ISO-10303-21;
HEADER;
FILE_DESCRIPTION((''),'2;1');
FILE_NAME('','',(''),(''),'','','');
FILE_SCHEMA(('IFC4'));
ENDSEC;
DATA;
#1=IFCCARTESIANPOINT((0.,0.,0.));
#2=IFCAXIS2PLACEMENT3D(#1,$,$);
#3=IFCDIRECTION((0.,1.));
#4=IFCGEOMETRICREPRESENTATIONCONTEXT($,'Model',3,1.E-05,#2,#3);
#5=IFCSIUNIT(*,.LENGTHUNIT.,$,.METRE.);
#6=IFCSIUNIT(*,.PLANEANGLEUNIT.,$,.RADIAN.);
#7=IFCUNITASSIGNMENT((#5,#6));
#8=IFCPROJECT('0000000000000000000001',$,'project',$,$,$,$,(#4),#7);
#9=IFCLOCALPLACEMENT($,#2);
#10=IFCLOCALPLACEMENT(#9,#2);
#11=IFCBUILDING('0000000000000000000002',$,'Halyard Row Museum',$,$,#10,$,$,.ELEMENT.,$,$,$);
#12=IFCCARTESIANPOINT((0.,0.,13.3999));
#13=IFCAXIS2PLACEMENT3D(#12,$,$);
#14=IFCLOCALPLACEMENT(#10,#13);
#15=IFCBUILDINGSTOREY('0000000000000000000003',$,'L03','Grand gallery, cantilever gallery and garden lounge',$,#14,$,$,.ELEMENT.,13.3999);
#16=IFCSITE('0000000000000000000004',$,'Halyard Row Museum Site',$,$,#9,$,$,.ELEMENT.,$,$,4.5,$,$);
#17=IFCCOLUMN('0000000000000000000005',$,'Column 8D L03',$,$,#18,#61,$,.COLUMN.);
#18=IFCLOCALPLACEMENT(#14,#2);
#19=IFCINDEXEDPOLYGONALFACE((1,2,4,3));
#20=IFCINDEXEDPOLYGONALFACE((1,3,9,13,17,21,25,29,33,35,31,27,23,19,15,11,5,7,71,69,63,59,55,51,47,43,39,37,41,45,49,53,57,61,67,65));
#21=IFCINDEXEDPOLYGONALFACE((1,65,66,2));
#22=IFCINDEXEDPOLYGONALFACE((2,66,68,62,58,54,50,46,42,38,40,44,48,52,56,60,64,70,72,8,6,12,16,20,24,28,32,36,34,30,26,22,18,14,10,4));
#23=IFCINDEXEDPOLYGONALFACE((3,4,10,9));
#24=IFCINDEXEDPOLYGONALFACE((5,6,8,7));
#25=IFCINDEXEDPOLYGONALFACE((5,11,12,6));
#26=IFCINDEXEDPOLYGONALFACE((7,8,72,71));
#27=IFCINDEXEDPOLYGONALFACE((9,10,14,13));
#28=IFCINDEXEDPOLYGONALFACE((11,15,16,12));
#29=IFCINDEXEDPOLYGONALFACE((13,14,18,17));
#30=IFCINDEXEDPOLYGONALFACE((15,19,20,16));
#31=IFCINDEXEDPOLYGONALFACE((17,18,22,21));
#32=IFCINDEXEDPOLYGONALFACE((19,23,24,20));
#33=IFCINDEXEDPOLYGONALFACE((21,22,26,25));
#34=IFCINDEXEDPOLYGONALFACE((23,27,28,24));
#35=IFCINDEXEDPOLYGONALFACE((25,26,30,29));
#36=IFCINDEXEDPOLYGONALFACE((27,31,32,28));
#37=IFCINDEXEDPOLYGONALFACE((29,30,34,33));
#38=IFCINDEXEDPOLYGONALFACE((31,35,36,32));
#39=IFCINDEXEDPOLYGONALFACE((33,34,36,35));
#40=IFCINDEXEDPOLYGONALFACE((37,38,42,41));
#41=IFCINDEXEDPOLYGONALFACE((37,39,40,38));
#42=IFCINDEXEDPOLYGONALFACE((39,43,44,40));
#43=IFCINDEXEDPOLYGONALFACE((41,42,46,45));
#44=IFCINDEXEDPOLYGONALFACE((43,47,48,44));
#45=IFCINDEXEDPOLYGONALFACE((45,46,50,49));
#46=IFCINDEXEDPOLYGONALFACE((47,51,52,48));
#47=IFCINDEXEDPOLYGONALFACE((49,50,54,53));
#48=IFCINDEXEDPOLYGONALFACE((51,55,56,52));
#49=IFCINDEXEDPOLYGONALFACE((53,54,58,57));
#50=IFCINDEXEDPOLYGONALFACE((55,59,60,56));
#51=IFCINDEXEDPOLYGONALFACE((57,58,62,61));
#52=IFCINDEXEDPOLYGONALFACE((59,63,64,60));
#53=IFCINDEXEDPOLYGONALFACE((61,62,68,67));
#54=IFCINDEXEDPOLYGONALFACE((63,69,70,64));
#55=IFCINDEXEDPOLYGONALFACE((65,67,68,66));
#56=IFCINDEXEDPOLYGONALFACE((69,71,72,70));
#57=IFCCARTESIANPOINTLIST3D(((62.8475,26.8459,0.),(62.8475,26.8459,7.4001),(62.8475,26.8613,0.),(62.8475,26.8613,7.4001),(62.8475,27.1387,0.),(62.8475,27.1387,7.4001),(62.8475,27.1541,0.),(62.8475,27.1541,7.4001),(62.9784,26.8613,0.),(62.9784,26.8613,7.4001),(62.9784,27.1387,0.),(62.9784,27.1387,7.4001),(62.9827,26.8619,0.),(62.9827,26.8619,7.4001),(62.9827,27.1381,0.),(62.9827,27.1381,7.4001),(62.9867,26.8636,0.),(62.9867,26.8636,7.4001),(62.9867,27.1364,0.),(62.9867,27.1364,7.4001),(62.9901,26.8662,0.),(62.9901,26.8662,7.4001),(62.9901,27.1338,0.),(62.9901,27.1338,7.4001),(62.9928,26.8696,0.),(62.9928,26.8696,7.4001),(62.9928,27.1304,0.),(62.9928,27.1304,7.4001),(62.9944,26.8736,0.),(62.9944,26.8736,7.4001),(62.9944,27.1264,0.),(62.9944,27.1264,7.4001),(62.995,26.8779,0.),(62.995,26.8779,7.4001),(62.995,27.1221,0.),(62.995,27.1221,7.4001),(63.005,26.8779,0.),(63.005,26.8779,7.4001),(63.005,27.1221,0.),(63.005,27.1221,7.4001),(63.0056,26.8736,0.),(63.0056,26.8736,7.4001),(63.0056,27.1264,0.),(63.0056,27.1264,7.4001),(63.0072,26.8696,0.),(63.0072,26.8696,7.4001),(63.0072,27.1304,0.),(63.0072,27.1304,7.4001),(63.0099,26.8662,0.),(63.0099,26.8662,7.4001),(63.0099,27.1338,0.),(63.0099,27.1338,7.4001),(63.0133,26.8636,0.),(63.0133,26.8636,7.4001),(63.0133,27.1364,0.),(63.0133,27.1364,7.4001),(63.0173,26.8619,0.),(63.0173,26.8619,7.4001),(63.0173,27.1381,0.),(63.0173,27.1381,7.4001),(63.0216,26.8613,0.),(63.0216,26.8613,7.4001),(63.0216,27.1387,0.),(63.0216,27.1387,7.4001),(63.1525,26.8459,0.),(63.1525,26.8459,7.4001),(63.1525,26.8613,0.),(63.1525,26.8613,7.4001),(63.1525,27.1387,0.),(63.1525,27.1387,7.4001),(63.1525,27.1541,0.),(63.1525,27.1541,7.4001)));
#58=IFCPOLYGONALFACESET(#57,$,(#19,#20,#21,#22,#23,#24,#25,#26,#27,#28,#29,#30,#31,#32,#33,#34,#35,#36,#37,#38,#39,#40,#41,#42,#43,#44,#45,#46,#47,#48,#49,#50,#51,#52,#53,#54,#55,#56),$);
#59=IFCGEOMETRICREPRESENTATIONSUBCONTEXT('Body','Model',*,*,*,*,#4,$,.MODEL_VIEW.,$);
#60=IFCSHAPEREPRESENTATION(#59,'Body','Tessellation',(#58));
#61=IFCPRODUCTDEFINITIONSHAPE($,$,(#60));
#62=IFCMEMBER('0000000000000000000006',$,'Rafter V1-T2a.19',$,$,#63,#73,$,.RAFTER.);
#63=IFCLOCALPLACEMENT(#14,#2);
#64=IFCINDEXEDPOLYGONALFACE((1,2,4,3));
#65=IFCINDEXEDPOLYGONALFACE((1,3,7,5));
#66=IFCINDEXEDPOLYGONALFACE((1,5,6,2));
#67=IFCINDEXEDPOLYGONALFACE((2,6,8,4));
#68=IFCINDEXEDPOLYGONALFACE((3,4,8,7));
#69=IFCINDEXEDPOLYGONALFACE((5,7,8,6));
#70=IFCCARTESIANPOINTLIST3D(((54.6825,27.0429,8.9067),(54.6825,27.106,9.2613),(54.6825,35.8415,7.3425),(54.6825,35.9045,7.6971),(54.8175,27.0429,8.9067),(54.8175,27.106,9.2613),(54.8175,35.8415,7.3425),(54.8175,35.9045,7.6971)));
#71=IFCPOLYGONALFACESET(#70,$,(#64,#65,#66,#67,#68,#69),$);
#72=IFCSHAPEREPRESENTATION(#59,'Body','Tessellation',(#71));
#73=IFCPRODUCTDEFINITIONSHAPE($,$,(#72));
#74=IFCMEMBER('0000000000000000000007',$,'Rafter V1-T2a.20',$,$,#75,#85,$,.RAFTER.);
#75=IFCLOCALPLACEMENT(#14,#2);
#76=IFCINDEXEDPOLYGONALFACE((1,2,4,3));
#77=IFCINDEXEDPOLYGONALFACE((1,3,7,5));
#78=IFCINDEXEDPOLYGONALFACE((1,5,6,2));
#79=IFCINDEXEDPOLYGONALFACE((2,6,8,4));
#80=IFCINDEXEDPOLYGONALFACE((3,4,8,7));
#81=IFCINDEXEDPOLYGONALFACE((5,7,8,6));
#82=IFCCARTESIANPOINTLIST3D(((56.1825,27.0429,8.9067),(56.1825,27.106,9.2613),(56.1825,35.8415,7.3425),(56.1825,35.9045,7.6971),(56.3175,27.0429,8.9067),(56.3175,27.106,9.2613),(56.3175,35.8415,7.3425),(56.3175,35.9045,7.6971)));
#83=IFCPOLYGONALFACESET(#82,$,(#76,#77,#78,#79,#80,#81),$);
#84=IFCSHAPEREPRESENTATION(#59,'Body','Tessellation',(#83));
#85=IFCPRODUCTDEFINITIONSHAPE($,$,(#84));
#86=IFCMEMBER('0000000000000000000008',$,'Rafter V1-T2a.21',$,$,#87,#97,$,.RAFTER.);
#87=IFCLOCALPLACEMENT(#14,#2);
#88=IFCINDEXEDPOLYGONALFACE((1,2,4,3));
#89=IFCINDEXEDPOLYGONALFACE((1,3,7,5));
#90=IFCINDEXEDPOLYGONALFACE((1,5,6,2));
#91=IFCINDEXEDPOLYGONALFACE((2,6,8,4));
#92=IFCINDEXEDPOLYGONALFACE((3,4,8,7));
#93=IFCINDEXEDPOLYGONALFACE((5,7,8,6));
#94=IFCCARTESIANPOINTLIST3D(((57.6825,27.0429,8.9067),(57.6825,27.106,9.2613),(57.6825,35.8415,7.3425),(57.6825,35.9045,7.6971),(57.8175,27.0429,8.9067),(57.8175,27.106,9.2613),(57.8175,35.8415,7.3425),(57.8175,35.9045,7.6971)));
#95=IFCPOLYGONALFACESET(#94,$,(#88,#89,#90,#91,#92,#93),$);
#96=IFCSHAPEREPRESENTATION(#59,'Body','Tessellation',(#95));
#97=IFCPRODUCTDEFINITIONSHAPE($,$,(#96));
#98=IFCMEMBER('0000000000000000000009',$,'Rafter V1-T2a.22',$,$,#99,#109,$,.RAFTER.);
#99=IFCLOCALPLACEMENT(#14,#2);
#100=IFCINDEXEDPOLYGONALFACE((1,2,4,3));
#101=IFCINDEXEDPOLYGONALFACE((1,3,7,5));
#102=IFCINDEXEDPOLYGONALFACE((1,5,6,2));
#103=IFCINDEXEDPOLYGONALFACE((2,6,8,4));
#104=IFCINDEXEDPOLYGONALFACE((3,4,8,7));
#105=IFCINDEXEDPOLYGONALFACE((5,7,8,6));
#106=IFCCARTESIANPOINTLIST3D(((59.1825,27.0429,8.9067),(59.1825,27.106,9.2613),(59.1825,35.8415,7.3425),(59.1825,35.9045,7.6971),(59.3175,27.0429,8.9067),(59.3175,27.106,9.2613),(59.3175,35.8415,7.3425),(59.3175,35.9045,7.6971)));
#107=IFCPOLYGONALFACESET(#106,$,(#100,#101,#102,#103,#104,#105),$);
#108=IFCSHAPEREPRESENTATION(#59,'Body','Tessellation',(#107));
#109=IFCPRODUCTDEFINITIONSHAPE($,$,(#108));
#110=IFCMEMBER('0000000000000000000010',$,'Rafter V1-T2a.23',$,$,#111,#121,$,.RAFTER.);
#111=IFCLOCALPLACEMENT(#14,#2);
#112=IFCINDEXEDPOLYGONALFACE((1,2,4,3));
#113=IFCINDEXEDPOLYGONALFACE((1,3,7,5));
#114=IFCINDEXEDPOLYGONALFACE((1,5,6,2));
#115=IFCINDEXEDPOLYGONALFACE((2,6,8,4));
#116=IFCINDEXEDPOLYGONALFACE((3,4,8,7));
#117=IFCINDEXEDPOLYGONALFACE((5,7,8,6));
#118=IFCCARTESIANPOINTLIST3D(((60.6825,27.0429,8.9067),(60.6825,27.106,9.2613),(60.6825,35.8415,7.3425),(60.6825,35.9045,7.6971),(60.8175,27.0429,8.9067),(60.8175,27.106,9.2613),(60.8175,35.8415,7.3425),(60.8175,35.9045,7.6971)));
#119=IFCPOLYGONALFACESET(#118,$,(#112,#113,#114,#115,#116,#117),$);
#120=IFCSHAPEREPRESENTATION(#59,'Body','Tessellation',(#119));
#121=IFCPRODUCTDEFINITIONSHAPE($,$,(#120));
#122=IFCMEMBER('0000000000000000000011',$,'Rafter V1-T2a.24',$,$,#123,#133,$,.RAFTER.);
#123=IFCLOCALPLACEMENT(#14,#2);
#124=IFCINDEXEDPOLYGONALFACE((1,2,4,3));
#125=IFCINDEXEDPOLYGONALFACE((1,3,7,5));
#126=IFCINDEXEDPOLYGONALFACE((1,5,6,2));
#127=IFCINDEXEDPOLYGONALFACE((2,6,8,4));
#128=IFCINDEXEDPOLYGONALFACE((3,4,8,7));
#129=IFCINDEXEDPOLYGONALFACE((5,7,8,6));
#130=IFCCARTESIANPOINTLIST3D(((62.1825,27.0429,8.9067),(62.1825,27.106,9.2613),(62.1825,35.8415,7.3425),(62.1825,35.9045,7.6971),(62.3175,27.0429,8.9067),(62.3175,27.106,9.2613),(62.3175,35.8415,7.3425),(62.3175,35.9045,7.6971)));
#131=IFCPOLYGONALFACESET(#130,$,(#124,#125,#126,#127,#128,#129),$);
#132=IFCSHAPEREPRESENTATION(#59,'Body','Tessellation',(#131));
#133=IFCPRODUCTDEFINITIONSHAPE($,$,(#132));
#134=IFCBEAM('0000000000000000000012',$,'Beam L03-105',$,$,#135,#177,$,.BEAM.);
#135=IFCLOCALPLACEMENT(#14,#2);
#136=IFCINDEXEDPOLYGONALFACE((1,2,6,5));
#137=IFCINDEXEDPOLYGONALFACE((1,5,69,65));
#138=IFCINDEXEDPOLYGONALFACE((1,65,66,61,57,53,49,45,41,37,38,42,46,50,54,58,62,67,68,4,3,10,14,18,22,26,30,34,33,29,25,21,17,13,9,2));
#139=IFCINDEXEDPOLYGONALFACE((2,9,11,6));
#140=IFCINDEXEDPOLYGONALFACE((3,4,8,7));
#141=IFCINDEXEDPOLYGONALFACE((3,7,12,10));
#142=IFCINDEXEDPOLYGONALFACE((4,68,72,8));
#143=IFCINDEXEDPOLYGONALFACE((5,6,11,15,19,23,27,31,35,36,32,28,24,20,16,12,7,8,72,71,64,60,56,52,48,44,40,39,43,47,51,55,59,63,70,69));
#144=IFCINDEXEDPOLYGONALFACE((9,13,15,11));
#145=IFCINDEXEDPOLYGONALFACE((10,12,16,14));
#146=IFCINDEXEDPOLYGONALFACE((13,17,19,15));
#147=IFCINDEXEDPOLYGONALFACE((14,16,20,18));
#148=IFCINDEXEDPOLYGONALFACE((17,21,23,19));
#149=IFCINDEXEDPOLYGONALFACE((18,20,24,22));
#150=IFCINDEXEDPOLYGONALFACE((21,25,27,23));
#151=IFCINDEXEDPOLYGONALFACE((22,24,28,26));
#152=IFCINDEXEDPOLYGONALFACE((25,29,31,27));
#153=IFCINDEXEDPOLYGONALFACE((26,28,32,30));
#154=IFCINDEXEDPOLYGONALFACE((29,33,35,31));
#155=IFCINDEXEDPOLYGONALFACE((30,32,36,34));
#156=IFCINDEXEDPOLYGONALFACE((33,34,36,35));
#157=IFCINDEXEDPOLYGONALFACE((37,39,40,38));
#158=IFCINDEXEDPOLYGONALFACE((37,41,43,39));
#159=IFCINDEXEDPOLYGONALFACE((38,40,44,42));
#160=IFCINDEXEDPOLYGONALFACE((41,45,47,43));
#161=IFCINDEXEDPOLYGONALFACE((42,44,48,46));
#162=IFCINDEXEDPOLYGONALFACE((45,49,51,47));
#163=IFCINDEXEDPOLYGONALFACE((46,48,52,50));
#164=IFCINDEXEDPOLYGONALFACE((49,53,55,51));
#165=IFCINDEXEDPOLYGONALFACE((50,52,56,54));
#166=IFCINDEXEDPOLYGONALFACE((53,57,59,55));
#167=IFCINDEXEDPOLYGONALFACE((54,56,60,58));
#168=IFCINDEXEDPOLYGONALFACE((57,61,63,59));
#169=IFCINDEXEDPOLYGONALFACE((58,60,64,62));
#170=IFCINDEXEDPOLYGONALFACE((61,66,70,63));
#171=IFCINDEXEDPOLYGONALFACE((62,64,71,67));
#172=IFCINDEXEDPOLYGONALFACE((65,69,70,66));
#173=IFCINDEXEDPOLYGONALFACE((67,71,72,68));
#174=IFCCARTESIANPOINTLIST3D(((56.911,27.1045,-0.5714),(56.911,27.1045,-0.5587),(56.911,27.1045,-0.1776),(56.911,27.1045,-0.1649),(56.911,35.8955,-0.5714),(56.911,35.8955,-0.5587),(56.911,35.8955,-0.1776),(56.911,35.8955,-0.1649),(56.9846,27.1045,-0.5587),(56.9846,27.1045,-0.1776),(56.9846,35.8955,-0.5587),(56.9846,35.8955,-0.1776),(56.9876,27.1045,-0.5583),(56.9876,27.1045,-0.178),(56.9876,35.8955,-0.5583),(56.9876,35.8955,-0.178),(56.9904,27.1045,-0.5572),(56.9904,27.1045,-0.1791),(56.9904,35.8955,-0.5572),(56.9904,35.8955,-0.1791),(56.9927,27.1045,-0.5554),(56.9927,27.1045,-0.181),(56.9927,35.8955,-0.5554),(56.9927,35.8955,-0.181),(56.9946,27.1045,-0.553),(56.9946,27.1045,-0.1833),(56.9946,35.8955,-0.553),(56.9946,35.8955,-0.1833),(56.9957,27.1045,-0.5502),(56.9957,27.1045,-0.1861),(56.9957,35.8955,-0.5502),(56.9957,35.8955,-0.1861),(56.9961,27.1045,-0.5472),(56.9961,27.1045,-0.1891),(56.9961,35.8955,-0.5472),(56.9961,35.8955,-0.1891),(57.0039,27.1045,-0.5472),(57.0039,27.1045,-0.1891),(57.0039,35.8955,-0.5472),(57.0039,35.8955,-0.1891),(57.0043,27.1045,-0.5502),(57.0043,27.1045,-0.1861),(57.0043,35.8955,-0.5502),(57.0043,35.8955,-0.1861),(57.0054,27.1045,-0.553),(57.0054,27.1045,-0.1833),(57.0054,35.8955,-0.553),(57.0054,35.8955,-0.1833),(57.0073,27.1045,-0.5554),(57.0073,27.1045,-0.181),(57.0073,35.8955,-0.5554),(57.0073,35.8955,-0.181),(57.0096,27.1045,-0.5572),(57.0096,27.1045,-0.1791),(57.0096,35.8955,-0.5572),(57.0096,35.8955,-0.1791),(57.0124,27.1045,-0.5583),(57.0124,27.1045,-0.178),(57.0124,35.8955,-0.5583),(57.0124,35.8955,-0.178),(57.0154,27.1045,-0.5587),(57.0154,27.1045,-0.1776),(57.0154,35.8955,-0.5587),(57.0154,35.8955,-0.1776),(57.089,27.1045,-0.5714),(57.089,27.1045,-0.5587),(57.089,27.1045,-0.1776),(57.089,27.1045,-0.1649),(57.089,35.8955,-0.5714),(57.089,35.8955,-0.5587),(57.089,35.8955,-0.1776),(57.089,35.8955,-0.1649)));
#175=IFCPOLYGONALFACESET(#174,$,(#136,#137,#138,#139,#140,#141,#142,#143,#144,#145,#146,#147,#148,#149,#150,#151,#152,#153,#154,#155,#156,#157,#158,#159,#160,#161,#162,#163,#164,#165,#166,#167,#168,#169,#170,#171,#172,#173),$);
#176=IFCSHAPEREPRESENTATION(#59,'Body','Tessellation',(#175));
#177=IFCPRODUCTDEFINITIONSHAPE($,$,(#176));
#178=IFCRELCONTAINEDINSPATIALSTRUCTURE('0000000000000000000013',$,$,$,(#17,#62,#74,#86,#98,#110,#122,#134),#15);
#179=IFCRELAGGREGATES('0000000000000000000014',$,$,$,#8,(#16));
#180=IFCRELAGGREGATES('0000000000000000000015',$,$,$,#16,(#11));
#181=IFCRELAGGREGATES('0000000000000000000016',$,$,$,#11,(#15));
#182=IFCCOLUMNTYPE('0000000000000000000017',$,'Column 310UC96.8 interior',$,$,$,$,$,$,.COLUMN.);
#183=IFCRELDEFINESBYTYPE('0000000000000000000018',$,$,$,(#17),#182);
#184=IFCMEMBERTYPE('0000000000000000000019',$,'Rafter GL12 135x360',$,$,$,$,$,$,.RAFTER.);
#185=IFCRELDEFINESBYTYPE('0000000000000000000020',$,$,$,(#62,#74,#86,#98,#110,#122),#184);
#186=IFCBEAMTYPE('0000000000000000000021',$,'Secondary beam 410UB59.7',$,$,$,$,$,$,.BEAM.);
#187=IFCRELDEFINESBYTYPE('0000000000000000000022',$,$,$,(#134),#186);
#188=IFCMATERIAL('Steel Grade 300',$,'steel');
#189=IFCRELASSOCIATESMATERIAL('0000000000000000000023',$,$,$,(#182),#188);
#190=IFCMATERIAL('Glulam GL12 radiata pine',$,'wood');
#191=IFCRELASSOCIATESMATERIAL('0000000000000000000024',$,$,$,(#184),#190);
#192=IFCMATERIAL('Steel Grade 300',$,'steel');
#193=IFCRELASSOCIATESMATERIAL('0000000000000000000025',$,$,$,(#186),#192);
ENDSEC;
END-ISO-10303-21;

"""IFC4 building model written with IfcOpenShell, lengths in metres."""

from ifc_helpers import new_model, si_unit, direction, frame, origin, origin_2d, place, context, subcontext, project, spatial, rectangle, i_section, extrude, material, material_profile, profile_set, type_object, element, save


model = new_model("IFC4")

# Units and contexts
model_context = context("Model", 3, precision=1e-05, world=origin(), true_north=direction((0.0, 1.0)))
body_context = subcontext(model_context, "Body", "Model", "MODEL_VIEW")
ifc_project = project(units=[si_unit("LENGTHUNIT", "METRE"), si_unit("PLANEANGLEUNIT", "RADIAN")], contexts=[model_context])

# Site, building, storey
site_placement = place(None, origin())
site = spatial("IfcSite", under=ifc_project, at=site_placement, Name="Halyard Row Museum Site", CompositionType="ELEMENT", RefElevation=4.5)
building_placement = place(site_placement, origin())
building = spatial("IfcBuilding", under=site, at=building_placement, Name="Halyard Row Museum", CompositionType="ELEMENT")
storey_placement = place(building_placement, frame((0.0, 0.0, 13.3999)))
storey = spatial("IfcBuildingStorey", under=building, at=storey_placement, Name="L03", Description="Grand gallery, cantilever gallery and garden lounge", CompositionType="ELEMENT", Elevation=13.3999)

# Column
ifc_material_1 = material(Name="Steel Grade 300", Category="steel")
ifc_material_profile_1 = material_profile(ifc_material_1, i_section(OverallWidth=0.3049, OverallDepth=0.3081, WebThickness=0.01, FlangeThickness=0.0154, FilletRadius=0.0166, at=origin_2d()), Name="310UC96.8")
ifc_profile_set_1 = profile_set([ifc_material_profile_1], Name="Steel Grade 300")
column_type = type_object("IfcColumnType", Name="Column 310UC96.8 interior", PredefinedType="COLUMN", material=ifc_profile_set_1)
column_placement = place(storey_placement, frame((63.0, 27.0, 0.0), z_axis=(0.0, 0.0, 1.0), x_axis=(1.0, 0.0, 0.0)))
element("IfcColumn", 1, at=column_placement, inside=storey, type_object=column_type, Name="Column 8D L03", PredefinedType="COLUMN", context=body_context, shape_type="SweptSolid", body=[
    extrude(i_section(OverallWidth=0.3049, OverallDepth=0.3081, WebThickness=0.01, FlangeThickness=0.0154, FilletRadius=0.0166, at=origin_2d()), origin(), (0.0, 0.0, 1.0), 7.4001),
])

# Members
ifc_material_2 = material(Name="Glulam GL12 radiata pine", Category="wood")
ifc_material_profile_2 = material_profile(ifc_material_2, rectangle(XDim=0.135, YDim=0.3601, at=origin_2d()), Name="GL12 135x360")
ifc_profile_set_2 = profile_set([ifc_material_profile_2], Name="Glulam GL12 radiata pine")
member_type_1 = type_object("IfcMemberType", Name="Rafter GL12 135x360", PredefinedType="RAFTER", material=ifc_profile_set_2)
for number, where, z_axis, x_axis, name in (
    (2, (54.75, 27.0745, 9.084), (0.0, 0.984562, -0.175035), (-1.0, 0.0, 0.0), "Rafter V1-T2a.19"),
    (3, (56.25, 27.0745, 9.084), (0.0, 0.984562, -0.175035), (-1.0, 0.0, 0.0), "Rafter V1-T2a.20"),
    (4, (57.75, 27.0745, 9.084), (0.0, 0.984562, -0.175035), (-1.0, 0.0, 0.0), "Rafter V1-T2a.21"),
    (5, (59.25, 27.0745, 9.084), (0.0, 0.984562, -0.175035), (-1.0, 0.0, 0.0), "Rafter V1-T2a.22"),
    (6, (60.75, 27.0745, 9.084), (0.0, 0.984562, -0.175035), (-1.0, 0.0, 0.0), "Rafter V1-T2a.23"),
    (7, (62.25, 27.0745, 9.084), (0.0, 0.984562, -0.175035), (-1.0, 0.0, 0.0), "Rafter V1-T2a.24"),
):
    element("IfcMember", number, at=place(storey_placement, frame(where, z_axis=z_axis, x_axis=x_axis)), inside=storey, type_object=member_type_1, Name=name, PredefinedType="RAFTER", context=body_context, shape_type="SweptSolid", body=[
        extrude(rectangle(XDim=0.135, YDim=0.3601, at=origin_2d()), origin(), (0.0, 0.0, 1.0), 8.9365),
    ])

# Beam
ifc_material_3 = material(Name="Steel Grade 300", Category="steel")
ifc_material_profile_3 = material_profile(ifc_material_3, i_section(OverallWidth=0.178, OverallDepth=0.4065, WebThickness=0.0078, FlangeThickness=0.0127, FilletRadius=0.0115, at=origin_2d()), Name="410UB59.7")
ifc_profile_set_3 = profile_set([ifc_material_profile_3], Name="Steel Grade 300")
beam_type = type_object("IfcBeamType", Name="Secondary beam 410UB59.7", PredefinedType="BEAM", material=ifc_profile_set_3)
for number, where, z_axis, x_axis, name in (
    (8, (57.0, 27.1045, -0.3682), (0.0, 1.0, 0.0), (-1.0, 0.0, 0.0), "Beam L03-105"),
):
    element("IfcBeam", number, at=place(storey_placement, frame(where, z_axis=z_axis, x_axis=x_axis)), inside=storey, type_object=beam_type, Name=name, PredefinedType="BEAM", context=body_context, shape_type="SweptSolid", body=[
        extrude(i_section(OverallWidth=0.178, OverallDepth=0.4065, WebThickness=0.0078, FlangeThickness=0.0127, FilletRadius=0.0115, at=origin_2d()), origin(), (0.0, 0.0, 1.0), 8.791),
    ])

save(model, "model.ifc")
